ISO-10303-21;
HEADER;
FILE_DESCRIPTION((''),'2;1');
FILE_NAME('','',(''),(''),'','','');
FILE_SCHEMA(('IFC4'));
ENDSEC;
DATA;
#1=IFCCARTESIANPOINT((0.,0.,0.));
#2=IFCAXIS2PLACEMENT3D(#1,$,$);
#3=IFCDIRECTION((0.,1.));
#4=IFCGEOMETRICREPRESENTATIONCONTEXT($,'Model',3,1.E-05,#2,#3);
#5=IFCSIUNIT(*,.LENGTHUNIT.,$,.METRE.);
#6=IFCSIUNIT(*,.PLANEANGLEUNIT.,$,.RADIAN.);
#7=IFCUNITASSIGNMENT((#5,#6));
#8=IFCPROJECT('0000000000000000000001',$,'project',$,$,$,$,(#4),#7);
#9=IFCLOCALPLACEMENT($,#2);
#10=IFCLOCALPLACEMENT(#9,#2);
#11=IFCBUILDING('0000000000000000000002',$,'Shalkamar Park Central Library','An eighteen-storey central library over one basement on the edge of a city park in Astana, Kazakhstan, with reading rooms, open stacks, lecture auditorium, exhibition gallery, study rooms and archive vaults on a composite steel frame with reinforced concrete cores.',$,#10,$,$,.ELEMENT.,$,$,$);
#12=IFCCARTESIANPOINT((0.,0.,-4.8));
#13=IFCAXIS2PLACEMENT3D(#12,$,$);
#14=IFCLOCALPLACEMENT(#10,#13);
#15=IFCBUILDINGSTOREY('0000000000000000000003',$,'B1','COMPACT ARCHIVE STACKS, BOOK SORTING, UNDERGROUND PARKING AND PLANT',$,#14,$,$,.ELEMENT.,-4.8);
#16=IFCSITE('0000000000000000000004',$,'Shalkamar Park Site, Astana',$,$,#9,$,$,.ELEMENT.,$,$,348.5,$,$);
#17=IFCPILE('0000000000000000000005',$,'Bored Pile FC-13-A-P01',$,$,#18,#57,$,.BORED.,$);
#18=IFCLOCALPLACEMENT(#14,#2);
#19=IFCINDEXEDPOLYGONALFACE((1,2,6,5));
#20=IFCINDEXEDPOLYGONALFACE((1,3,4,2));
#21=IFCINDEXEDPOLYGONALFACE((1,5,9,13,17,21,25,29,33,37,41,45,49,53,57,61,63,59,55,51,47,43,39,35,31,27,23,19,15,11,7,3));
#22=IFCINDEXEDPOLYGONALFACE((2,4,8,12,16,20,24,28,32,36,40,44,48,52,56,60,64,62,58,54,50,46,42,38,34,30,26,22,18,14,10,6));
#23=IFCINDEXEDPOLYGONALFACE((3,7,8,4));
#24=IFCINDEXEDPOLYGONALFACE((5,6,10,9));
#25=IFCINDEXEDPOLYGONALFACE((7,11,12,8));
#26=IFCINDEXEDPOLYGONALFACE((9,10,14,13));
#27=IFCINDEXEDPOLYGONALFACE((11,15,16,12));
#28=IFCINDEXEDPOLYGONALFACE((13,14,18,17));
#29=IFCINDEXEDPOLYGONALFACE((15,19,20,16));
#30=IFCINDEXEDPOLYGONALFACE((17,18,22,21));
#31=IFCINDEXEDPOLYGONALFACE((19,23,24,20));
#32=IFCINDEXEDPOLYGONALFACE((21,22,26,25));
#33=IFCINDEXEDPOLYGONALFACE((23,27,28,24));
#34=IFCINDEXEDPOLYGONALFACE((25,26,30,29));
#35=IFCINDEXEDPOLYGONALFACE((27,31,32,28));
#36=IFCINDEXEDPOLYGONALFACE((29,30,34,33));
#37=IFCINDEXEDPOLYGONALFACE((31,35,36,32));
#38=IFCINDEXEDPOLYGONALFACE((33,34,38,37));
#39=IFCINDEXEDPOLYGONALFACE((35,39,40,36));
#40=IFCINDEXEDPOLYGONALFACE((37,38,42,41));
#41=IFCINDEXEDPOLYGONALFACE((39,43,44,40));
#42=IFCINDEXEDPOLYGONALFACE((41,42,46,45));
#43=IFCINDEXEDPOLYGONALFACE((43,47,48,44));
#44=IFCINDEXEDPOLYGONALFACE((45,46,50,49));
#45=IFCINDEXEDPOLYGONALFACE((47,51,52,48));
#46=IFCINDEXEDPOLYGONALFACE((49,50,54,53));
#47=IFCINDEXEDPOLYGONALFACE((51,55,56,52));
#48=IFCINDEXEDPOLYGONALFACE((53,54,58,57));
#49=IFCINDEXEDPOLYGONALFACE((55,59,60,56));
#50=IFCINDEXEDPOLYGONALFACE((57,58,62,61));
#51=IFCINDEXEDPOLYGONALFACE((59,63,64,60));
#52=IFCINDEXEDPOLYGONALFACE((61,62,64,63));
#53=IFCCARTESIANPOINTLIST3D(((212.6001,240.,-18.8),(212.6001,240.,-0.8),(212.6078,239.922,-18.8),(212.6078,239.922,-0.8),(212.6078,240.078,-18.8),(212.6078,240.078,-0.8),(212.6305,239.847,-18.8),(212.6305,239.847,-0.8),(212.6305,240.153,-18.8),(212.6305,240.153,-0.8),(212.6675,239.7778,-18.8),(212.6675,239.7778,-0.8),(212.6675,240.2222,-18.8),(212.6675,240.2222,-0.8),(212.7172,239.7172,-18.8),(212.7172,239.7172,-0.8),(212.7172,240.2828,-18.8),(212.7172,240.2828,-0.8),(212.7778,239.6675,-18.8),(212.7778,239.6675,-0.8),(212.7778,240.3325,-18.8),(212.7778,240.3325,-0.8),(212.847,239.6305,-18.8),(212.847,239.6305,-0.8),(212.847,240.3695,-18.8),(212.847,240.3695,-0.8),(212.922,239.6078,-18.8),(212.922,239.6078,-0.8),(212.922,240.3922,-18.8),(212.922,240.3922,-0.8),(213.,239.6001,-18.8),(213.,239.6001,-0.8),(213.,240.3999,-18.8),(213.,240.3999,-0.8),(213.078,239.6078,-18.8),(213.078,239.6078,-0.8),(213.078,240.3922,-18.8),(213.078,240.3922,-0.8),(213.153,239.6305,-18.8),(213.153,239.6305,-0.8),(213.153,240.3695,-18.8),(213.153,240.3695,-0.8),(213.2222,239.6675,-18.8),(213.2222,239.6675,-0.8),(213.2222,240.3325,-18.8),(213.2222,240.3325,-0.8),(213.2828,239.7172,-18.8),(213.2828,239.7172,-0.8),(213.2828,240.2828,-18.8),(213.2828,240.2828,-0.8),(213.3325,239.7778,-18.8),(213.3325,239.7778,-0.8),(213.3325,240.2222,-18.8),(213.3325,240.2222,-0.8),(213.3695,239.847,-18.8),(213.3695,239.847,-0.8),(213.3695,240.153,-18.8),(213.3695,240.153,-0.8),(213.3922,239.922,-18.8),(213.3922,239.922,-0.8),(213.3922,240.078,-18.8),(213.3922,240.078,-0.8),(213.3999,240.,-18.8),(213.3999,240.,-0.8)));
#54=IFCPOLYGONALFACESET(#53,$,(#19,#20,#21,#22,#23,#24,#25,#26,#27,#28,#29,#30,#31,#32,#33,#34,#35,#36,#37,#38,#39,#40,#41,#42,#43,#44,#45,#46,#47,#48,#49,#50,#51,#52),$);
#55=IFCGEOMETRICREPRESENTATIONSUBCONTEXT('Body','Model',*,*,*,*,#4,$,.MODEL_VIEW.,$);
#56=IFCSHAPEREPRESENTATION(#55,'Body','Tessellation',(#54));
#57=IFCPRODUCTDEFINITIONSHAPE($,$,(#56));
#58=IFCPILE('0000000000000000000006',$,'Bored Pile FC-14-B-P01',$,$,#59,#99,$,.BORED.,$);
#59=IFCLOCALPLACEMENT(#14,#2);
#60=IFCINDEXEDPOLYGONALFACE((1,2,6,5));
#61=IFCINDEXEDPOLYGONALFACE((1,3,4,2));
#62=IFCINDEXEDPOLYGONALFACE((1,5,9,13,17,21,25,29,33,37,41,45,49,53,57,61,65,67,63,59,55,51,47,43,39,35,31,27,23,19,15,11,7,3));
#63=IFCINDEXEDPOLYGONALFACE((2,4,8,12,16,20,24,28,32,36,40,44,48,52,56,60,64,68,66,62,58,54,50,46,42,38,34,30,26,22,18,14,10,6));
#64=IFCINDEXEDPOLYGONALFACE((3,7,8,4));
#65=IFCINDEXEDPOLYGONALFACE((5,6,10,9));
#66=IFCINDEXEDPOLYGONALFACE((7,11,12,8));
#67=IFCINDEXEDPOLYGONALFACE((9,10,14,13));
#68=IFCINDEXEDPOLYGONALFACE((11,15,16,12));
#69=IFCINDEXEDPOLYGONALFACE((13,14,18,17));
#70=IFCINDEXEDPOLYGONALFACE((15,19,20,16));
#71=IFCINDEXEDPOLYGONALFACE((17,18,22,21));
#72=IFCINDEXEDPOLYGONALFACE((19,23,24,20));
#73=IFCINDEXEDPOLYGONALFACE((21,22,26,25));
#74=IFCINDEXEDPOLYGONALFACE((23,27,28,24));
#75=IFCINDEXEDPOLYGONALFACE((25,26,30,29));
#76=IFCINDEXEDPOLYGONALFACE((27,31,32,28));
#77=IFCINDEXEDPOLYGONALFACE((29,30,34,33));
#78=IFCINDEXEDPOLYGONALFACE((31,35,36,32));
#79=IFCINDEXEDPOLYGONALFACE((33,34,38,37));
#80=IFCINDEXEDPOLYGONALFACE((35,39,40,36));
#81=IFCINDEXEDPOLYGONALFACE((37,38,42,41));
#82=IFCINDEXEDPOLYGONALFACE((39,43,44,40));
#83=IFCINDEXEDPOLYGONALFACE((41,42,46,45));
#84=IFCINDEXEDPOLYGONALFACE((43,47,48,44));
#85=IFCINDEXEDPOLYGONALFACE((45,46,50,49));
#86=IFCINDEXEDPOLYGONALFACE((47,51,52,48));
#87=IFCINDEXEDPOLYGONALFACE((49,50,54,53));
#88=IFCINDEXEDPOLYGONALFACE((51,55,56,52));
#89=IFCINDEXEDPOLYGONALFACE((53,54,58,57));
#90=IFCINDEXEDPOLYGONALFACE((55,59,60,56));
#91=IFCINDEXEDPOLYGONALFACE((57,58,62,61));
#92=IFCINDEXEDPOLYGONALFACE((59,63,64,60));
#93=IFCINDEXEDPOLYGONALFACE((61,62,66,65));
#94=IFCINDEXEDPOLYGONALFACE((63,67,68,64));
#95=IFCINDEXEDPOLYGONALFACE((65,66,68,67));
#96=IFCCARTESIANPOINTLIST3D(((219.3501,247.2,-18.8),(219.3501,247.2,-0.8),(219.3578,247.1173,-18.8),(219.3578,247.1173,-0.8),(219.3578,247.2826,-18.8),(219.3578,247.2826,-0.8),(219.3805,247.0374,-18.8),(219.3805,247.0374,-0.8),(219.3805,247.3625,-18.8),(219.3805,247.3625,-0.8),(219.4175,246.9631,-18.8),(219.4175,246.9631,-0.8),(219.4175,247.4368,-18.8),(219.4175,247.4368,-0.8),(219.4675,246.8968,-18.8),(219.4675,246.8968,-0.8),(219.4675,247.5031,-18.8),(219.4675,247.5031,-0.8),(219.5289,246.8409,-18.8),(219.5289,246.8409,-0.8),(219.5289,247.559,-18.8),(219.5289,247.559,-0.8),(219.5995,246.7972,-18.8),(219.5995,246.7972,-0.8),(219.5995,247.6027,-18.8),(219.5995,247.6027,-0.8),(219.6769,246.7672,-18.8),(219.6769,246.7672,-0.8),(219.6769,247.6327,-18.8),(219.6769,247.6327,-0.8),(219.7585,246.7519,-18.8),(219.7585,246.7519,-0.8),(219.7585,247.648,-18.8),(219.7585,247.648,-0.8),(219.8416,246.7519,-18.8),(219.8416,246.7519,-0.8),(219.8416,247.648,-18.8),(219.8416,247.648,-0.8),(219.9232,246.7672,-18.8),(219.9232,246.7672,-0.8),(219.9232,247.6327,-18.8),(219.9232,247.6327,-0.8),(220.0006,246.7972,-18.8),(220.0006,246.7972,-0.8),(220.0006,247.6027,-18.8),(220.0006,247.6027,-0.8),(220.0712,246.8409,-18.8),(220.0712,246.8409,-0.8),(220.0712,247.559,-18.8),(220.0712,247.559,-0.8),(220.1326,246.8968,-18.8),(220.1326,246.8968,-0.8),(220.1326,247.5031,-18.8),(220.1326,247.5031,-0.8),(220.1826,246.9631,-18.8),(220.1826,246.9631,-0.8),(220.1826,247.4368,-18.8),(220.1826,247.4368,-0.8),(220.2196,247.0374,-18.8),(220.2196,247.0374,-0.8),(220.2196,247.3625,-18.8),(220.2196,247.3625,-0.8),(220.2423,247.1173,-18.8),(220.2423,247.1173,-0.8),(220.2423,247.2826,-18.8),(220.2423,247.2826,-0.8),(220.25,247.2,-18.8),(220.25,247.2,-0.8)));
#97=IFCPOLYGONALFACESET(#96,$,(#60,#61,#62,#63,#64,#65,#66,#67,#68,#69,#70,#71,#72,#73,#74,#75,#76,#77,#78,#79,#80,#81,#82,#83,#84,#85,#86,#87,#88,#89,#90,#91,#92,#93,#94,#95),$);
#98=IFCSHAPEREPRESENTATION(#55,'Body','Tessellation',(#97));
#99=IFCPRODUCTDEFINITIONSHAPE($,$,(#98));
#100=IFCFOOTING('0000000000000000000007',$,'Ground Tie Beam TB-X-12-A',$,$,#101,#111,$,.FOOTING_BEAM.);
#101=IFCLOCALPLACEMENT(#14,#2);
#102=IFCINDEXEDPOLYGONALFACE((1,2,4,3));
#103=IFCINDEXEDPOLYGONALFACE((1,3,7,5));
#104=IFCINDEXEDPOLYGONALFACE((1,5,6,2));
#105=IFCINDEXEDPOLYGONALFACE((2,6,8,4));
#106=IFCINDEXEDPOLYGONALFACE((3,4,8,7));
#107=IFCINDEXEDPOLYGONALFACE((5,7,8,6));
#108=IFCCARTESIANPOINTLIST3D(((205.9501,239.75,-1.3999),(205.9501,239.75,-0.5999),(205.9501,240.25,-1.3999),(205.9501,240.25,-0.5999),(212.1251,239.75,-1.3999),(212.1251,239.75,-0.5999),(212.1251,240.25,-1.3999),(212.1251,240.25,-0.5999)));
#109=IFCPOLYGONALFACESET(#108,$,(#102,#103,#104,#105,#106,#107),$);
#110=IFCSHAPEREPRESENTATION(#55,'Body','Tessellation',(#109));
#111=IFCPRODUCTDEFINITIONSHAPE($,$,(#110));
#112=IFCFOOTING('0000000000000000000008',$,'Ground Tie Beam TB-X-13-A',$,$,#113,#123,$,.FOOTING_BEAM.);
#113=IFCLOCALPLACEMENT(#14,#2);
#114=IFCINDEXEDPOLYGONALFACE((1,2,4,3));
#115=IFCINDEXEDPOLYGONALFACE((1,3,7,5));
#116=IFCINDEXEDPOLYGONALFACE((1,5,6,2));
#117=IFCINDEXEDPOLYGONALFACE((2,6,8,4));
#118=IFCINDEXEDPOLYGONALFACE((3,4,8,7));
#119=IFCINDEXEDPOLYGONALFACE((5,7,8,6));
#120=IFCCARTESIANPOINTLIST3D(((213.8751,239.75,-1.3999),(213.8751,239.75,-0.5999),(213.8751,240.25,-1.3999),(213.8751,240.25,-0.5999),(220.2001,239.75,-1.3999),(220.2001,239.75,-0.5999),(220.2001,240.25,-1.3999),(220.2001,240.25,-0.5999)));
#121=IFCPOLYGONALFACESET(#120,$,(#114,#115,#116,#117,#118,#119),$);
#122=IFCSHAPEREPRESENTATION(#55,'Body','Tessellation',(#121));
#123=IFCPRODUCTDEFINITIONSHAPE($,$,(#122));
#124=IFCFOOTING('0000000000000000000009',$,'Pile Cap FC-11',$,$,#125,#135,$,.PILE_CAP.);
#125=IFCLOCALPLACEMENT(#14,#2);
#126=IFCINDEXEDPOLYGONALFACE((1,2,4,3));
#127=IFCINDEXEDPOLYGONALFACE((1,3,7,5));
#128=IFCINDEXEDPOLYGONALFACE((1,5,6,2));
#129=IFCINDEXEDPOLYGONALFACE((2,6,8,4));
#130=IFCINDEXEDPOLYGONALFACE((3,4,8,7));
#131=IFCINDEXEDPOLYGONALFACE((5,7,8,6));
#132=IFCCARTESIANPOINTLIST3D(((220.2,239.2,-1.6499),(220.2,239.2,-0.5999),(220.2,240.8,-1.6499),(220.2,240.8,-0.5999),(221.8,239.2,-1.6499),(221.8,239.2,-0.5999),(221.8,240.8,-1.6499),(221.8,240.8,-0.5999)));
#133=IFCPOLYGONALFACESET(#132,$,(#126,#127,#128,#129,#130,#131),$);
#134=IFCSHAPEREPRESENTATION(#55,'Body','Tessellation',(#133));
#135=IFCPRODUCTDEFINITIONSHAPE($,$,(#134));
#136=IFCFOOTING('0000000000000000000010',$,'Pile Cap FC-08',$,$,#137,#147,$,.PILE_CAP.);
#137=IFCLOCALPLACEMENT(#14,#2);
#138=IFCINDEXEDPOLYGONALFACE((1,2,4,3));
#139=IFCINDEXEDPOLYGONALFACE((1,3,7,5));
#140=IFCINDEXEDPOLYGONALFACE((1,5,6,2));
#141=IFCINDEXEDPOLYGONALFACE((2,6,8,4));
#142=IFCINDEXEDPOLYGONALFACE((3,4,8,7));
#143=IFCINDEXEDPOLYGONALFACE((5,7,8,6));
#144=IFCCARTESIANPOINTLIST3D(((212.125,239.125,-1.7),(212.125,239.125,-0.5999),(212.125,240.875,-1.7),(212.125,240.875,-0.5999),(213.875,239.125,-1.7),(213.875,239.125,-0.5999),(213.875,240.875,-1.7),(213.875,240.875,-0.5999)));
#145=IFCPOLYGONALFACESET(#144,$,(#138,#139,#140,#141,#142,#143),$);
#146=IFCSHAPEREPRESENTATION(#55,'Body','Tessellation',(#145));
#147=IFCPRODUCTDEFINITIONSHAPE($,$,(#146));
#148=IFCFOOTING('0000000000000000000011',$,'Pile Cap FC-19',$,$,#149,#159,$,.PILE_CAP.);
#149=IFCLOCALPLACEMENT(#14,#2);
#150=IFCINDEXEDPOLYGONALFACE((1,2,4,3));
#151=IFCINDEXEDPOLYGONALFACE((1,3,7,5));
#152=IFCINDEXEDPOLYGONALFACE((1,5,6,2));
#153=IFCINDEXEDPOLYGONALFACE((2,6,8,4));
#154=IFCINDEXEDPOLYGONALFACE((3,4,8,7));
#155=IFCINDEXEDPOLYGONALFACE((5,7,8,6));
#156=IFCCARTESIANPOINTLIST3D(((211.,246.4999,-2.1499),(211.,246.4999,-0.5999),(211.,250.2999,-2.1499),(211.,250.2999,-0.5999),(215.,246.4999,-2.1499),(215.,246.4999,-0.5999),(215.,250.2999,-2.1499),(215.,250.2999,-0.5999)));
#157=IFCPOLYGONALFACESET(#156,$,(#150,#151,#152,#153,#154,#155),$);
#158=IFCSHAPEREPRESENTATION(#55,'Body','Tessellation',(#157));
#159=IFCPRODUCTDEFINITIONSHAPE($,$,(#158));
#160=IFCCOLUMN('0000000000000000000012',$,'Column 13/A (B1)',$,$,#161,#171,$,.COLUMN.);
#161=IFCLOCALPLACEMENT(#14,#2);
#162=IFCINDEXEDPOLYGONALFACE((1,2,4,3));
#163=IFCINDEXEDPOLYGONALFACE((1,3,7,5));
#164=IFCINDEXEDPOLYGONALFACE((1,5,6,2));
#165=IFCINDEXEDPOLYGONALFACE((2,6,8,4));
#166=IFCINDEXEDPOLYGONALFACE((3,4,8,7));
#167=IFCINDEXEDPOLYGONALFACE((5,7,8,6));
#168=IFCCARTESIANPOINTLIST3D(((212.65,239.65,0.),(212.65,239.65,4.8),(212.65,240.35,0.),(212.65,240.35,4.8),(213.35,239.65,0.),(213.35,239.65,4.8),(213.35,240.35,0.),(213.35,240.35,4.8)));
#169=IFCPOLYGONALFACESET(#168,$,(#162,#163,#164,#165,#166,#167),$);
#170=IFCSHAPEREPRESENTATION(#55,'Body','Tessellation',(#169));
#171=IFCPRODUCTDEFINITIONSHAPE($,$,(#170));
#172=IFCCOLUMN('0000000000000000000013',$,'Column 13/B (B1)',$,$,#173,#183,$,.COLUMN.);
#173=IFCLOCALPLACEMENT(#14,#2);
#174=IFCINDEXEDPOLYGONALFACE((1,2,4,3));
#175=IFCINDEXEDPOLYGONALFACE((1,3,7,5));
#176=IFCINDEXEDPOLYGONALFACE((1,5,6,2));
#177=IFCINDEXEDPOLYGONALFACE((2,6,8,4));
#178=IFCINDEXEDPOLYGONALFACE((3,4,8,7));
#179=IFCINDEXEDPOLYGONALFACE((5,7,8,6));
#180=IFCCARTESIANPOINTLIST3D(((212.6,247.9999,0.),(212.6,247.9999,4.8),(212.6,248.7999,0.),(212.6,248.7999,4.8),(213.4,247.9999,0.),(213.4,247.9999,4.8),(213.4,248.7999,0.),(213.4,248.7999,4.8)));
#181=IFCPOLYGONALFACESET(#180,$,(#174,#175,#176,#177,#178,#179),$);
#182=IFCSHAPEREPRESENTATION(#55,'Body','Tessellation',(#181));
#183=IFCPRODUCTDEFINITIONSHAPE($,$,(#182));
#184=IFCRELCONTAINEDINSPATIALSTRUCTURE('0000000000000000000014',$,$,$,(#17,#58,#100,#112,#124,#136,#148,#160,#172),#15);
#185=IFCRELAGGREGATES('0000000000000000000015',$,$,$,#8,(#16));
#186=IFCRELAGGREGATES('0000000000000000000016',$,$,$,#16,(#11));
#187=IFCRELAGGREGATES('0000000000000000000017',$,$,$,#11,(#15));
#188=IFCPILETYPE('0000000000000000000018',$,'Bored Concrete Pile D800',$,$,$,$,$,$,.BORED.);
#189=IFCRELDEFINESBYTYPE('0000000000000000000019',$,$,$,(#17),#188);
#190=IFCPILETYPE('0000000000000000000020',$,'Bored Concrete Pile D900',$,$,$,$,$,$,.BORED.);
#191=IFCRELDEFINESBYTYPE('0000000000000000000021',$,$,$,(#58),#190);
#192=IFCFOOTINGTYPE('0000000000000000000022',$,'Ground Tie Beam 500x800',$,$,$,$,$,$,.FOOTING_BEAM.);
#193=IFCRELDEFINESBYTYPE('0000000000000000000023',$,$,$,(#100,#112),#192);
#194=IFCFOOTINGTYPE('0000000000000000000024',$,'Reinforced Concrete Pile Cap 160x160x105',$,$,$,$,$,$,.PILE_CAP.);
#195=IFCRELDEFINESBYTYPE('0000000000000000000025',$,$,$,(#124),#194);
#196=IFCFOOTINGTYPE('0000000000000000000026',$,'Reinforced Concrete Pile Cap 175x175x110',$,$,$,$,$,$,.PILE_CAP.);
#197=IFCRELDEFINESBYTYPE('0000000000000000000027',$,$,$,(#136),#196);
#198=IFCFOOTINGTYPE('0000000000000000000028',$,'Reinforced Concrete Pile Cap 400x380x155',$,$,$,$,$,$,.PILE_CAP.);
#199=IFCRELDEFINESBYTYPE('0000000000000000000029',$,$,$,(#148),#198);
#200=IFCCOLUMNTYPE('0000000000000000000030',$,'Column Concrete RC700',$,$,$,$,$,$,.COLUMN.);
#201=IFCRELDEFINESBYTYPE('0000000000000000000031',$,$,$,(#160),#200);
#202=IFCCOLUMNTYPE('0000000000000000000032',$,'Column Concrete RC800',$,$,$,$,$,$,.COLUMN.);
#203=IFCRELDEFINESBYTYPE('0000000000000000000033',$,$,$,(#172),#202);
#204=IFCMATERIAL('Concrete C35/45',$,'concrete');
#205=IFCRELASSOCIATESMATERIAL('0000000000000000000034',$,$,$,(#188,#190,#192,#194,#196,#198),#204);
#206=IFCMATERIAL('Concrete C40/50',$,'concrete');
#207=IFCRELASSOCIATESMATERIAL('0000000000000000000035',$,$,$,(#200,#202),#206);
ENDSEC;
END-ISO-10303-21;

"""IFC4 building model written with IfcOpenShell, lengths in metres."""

from ifc_helpers import new_model, si_unit, direction, frame, origin, origin_2d, place, context, subcontext, project, spatial, rectangle, circle, extrude, material, material_profile, profile_set, type_object, element, save


model = new_model("IFC4")

# Units and contexts
model_context = context("Model", 3, precision=1e-05, world=origin(), true_north=direction((0.0, 1.0)))
body_context = subcontext(model_context, "Body", "Model", "MODEL_VIEW")
ifc_project = project(units=[si_unit("LENGTHUNIT", "METRE"), si_unit("PLANEANGLEUNIT", "RADIAN")], contexts=[model_context])

# Site, building, storey
site_placement = place(None, origin())
site = spatial("IfcSite", under=ifc_project, at=site_placement, Name="Shalkamar Park Site, Astana", CompositionType="ELEMENT", RefElevation=348.5)
building_placement = place(site_placement, origin())
building = spatial("IfcBuilding", under=site, at=building_placement, Name="Shalkamar Park Central Library", Description="An eighteen-storey central library over one basement on the edge of a city park in Astana, Kazakhstan, with reading rooms, open stacks, lecture auditorium, exhibition gallery, study rooms and archive vaults on a composite steel frame with reinforced concrete cores.", CompositionType="ELEMENT")
storey_placement = place(building_placement, frame((0.0, 0.0, -4.8)))
storey = spatial("IfcBuildingStorey", under=building, at=storey_placement, Name="B1", Description="COMPACT ARCHIVE STACKS, BOOK SORTING, UNDERGROUND PARKING AND PLANT", CompositionType="ELEMENT", Elevation=-4.8)

# Piles
ifc_material_1 = material(Name="Concrete C35/45", Category="concrete")
ifc_material_profile_1 = material_profile(ifc_material_1, circle(Radius=0.3999, at=origin_2d()), Name="PILE D800")
ifc_profile_set_1 = profile_set([ifc_material_profile_1], Name="Concrete C35/45")
pile_type_1 = type_object("IfcPileType", Name="Bored Concrete Pile D800", PredefinedType="BORED", material=ifc_profile_set_1)
pile_1_placement = place(storey_placement, frame((213.0, 240.0, -0.8), z_axis=(0.0, 0.0, -1.0), x_axis=(1.0, 0.0, 0.0)))
element("IfcPile", 1, at=pile_1_placement, inside=storey, type_object=pile_type_1, Name="Bored Pile FC-13-A-P01", PredefinedType="BORED", context=body_context, shape_type="SweptSolid", body=[
    extrude(circle(Radius=0.3999, at=origin_2d()), origin(), (0.0, 0.0, 1.0), 18.0),
])
ifc_material_profile_2 = material_profile(ifc_material_1, circle(Radius=0.45, at=origin_2d()), Name="PILE D900")
ifc_profile_set_2 = profile_set([ifc_material_profile_2], Name="Concrete C35/45")
pile_type_2 = type_object("IfcPileType", Name="Bored Concrete Pile D900", PredefinedType="BORED", material=ifc_profile_set_2)
pile_2_placement = place(storey_placement, frame((219.8, 247.2, -0.8), z_axis=(0.0, 0.0, -1.0), x_axis=(1.0, 0.0, 0.0)))
element("IfcPile", 2, at=pile_2_placement, inside=storey, type_object=pile_type_2, Name="Bored Pile FC-14-B-P01", PredefinedType="BORED", context=body_context, shape_type="SweptSolid", body=[
    extrude(circle(Radius=0.45, at=origin_2d()), origin(), (0.0, 0.0, 1.0), 18.0),
])

# Footings
footing_type_1 = type_object("IfcFootingType", Name="Ground Tie Beam 500x800", PredefinedType="FOOTING_BEAM", material=ifc_material_1)
footing_1_placement = place(storey_placement, frame((209.0376, 240.0, -1.3999), z_axis=(0.0, 0.0, 1.0), x_axis=(1.0, 0.0, 0.0)))
element("IfcFooting", 3, at=footing_1_placement, inside=storey, type_object=footing_type_1, Name="Ground Tie Beam TB-X-12-A", PredefinedType="FOOTING_BEAM", context=body_context, shape_type="SweptSolid", body=[
    extrude(rectangle(XDim=6.175, YDim=0.5, at=origin_2d()), origin(), (0.0, 0.0, 1.0), 0.8),
])
footing_2_placement = place(storey_placement, frame((217.0376, 240.0, -1.3999), z_axis=(0.0, 0.0, 1.0), x_axis=(1.0, 0.0, 0.0)))
element("IfcFooting", 4, at=footing_2_placement, inside=storey, type_object=footing_type_1, Name="Ground Tie Beam TB-X-13-A", PredefinedType="FOOTING_BEAM", context=body_context, shape_type="SweptSolid", body=[
    extrude(rectangle(XDim=6.325, YDim=0.5, at=origin_2d()), origin(), (0.0, 0.0, 1.0), 0.8),
])
footing_type_2 = type_object("IfcFootingType", Name="Reinforced Concrete Pile Cap 160x160x105", PredefinedType="PILE_CAP", material=ifc_material_1)
footing_3_placement = place(storey_placement, frame((221.0, 240.0, -1.6499), z_axis=(0.0, 0.0, 1.0), x_axis=(1.0, 0.0, 0.0)))
element("IfcFooting", 5, at=footing_3_placement, inside=storey, type_object=footing_type_2, Name="Pile Cap FC-11", PredefinedType="PILE_CAP", context=body_context, shape_type="SweptSolid", body=[
    extrude(rectangle(XDim=1.6001, YDim=1.6001, at=origin_2d()), origin(), (0.0, 0.0, 1.0), 1.05),
])
footing_type_3 = type_object("IfcFootingType", Name="Reinforced Concrete Pile Cap 175x175x110", PredefinedType="PILE_CAP", material=ifc_material_1)
footing_4_placement = place(storey_placement, frame((213.0, 240.0, -1.7), z_axis=(0.0, 0.0, 1.0), x_axis=(1.0, 0.0, 0.0)))
element("IfcFooting", 6, at=footing_4_placement, inside=storey, type_object=footing_type_3, Name="Pile Cap FC-08", PredefinedType="PILE_CAP", context=body_context, shape_type="SweptSolid", body=[
    extrude(rectangle(XDim=1.75, YDim=1.75, at=origin_2d()), origin(), (0.0, 0.0, 1.0), 1.1001),
])
footing_type_4 = type_object("IfcFootingType", Name="Reinforced Concrete Pile Cap 400x380x155", PredefinedType="PILE_CAP", material=ifc_material_1)
footing_5_placement = place(storey_placement, frame((213.0, 248.3999, -2.1499), z_axis=(0.0, 0.0, 1.0), x_axis=(1.0, 0.0, 0.0)))
element("IfcFooting", 7, at=footing_5_placement, inside=storey, type_object=footing_type_4, Name="Pile Cap FC-19", PredefinedType="PILE_CAP", context=body_context, shape_type="SweptSolid", body=[
    extrude(rectangle(XDim=4.0, YDim=3.8, at=origin_2d()), origin(), (0.0, 0.0, 1.0), 1.55),
])

# Columns
ifc_material_2 = material(Name="Concrete C40/50", Category="concrete")
ifc_material_profile_3 = material_profile(ifc_material_2, rectangle(XDim=0.7, YDim=0.7, at=origin_2d()), Name="RC 700x700")
ifc_profile_set_3 = profile_set([ifc_material_profile_3], Name="Concrete C40/50")
column_type_1 = type_object("IfcColumnType", Name="Column Concrete RC700", PredefinedType="COLUMN", material=ifc_profile_set_3)
column_1_placement = place(storey_placement, frame((213.0, 240.0, 0.0), z_axis=(0.0, 0.0, 1.0), x_axis=(1.0, 0.0, 0.0)))
element("IfcColumn", 8, at=column_1_placement, inside=storey, type_object=column_type_1, Name="Column 13/A (B1)", PredefinedType="COLUMN", context=body_context, shape_type="SweptSolid", body=[
    extrude(rectangle(XDim=0.7, YDim=0.7, at=origin_2d()), origin(), (0.0, 0.0, 1.0), 4.8),
])
ifc_material_profile_4 = material_profile(ifc_material_2, rectangle(XDim=0.8, YDim=0.8, at=origin_2d()), Name="RC 800x800")
ifc_profile_set_4 = profile_set([ifc_material_profile_4], Name="Concrete C40/50")
column_type_2 = type_object("IfcColumnType", Name="Column Concrete RC800", PredefinedType="COLUMN", material=ifc_profile_set_4)
column_2_placement = place(storey_placement, frame((213.0, 248.3999, 0.0), z_axis=(0.0, 0.0, 1.0), x_axis=(1.0, 0.0, 0.0)))
element("IfcColumn", 9, at=column_2_placement, inside=storey, type_object=column_type_2, Name="Column 13/B (B1)", PredefinedType="COLUMN", context=body_context, shape_type="SweptSolid", body=[
    extrude(rectangle(XDim=0.8, YDim=0.8, at=origin_2d()), origin(), (0.0, 0.0, 1.0), 4.8),
])

save(model, "model.ifc")
